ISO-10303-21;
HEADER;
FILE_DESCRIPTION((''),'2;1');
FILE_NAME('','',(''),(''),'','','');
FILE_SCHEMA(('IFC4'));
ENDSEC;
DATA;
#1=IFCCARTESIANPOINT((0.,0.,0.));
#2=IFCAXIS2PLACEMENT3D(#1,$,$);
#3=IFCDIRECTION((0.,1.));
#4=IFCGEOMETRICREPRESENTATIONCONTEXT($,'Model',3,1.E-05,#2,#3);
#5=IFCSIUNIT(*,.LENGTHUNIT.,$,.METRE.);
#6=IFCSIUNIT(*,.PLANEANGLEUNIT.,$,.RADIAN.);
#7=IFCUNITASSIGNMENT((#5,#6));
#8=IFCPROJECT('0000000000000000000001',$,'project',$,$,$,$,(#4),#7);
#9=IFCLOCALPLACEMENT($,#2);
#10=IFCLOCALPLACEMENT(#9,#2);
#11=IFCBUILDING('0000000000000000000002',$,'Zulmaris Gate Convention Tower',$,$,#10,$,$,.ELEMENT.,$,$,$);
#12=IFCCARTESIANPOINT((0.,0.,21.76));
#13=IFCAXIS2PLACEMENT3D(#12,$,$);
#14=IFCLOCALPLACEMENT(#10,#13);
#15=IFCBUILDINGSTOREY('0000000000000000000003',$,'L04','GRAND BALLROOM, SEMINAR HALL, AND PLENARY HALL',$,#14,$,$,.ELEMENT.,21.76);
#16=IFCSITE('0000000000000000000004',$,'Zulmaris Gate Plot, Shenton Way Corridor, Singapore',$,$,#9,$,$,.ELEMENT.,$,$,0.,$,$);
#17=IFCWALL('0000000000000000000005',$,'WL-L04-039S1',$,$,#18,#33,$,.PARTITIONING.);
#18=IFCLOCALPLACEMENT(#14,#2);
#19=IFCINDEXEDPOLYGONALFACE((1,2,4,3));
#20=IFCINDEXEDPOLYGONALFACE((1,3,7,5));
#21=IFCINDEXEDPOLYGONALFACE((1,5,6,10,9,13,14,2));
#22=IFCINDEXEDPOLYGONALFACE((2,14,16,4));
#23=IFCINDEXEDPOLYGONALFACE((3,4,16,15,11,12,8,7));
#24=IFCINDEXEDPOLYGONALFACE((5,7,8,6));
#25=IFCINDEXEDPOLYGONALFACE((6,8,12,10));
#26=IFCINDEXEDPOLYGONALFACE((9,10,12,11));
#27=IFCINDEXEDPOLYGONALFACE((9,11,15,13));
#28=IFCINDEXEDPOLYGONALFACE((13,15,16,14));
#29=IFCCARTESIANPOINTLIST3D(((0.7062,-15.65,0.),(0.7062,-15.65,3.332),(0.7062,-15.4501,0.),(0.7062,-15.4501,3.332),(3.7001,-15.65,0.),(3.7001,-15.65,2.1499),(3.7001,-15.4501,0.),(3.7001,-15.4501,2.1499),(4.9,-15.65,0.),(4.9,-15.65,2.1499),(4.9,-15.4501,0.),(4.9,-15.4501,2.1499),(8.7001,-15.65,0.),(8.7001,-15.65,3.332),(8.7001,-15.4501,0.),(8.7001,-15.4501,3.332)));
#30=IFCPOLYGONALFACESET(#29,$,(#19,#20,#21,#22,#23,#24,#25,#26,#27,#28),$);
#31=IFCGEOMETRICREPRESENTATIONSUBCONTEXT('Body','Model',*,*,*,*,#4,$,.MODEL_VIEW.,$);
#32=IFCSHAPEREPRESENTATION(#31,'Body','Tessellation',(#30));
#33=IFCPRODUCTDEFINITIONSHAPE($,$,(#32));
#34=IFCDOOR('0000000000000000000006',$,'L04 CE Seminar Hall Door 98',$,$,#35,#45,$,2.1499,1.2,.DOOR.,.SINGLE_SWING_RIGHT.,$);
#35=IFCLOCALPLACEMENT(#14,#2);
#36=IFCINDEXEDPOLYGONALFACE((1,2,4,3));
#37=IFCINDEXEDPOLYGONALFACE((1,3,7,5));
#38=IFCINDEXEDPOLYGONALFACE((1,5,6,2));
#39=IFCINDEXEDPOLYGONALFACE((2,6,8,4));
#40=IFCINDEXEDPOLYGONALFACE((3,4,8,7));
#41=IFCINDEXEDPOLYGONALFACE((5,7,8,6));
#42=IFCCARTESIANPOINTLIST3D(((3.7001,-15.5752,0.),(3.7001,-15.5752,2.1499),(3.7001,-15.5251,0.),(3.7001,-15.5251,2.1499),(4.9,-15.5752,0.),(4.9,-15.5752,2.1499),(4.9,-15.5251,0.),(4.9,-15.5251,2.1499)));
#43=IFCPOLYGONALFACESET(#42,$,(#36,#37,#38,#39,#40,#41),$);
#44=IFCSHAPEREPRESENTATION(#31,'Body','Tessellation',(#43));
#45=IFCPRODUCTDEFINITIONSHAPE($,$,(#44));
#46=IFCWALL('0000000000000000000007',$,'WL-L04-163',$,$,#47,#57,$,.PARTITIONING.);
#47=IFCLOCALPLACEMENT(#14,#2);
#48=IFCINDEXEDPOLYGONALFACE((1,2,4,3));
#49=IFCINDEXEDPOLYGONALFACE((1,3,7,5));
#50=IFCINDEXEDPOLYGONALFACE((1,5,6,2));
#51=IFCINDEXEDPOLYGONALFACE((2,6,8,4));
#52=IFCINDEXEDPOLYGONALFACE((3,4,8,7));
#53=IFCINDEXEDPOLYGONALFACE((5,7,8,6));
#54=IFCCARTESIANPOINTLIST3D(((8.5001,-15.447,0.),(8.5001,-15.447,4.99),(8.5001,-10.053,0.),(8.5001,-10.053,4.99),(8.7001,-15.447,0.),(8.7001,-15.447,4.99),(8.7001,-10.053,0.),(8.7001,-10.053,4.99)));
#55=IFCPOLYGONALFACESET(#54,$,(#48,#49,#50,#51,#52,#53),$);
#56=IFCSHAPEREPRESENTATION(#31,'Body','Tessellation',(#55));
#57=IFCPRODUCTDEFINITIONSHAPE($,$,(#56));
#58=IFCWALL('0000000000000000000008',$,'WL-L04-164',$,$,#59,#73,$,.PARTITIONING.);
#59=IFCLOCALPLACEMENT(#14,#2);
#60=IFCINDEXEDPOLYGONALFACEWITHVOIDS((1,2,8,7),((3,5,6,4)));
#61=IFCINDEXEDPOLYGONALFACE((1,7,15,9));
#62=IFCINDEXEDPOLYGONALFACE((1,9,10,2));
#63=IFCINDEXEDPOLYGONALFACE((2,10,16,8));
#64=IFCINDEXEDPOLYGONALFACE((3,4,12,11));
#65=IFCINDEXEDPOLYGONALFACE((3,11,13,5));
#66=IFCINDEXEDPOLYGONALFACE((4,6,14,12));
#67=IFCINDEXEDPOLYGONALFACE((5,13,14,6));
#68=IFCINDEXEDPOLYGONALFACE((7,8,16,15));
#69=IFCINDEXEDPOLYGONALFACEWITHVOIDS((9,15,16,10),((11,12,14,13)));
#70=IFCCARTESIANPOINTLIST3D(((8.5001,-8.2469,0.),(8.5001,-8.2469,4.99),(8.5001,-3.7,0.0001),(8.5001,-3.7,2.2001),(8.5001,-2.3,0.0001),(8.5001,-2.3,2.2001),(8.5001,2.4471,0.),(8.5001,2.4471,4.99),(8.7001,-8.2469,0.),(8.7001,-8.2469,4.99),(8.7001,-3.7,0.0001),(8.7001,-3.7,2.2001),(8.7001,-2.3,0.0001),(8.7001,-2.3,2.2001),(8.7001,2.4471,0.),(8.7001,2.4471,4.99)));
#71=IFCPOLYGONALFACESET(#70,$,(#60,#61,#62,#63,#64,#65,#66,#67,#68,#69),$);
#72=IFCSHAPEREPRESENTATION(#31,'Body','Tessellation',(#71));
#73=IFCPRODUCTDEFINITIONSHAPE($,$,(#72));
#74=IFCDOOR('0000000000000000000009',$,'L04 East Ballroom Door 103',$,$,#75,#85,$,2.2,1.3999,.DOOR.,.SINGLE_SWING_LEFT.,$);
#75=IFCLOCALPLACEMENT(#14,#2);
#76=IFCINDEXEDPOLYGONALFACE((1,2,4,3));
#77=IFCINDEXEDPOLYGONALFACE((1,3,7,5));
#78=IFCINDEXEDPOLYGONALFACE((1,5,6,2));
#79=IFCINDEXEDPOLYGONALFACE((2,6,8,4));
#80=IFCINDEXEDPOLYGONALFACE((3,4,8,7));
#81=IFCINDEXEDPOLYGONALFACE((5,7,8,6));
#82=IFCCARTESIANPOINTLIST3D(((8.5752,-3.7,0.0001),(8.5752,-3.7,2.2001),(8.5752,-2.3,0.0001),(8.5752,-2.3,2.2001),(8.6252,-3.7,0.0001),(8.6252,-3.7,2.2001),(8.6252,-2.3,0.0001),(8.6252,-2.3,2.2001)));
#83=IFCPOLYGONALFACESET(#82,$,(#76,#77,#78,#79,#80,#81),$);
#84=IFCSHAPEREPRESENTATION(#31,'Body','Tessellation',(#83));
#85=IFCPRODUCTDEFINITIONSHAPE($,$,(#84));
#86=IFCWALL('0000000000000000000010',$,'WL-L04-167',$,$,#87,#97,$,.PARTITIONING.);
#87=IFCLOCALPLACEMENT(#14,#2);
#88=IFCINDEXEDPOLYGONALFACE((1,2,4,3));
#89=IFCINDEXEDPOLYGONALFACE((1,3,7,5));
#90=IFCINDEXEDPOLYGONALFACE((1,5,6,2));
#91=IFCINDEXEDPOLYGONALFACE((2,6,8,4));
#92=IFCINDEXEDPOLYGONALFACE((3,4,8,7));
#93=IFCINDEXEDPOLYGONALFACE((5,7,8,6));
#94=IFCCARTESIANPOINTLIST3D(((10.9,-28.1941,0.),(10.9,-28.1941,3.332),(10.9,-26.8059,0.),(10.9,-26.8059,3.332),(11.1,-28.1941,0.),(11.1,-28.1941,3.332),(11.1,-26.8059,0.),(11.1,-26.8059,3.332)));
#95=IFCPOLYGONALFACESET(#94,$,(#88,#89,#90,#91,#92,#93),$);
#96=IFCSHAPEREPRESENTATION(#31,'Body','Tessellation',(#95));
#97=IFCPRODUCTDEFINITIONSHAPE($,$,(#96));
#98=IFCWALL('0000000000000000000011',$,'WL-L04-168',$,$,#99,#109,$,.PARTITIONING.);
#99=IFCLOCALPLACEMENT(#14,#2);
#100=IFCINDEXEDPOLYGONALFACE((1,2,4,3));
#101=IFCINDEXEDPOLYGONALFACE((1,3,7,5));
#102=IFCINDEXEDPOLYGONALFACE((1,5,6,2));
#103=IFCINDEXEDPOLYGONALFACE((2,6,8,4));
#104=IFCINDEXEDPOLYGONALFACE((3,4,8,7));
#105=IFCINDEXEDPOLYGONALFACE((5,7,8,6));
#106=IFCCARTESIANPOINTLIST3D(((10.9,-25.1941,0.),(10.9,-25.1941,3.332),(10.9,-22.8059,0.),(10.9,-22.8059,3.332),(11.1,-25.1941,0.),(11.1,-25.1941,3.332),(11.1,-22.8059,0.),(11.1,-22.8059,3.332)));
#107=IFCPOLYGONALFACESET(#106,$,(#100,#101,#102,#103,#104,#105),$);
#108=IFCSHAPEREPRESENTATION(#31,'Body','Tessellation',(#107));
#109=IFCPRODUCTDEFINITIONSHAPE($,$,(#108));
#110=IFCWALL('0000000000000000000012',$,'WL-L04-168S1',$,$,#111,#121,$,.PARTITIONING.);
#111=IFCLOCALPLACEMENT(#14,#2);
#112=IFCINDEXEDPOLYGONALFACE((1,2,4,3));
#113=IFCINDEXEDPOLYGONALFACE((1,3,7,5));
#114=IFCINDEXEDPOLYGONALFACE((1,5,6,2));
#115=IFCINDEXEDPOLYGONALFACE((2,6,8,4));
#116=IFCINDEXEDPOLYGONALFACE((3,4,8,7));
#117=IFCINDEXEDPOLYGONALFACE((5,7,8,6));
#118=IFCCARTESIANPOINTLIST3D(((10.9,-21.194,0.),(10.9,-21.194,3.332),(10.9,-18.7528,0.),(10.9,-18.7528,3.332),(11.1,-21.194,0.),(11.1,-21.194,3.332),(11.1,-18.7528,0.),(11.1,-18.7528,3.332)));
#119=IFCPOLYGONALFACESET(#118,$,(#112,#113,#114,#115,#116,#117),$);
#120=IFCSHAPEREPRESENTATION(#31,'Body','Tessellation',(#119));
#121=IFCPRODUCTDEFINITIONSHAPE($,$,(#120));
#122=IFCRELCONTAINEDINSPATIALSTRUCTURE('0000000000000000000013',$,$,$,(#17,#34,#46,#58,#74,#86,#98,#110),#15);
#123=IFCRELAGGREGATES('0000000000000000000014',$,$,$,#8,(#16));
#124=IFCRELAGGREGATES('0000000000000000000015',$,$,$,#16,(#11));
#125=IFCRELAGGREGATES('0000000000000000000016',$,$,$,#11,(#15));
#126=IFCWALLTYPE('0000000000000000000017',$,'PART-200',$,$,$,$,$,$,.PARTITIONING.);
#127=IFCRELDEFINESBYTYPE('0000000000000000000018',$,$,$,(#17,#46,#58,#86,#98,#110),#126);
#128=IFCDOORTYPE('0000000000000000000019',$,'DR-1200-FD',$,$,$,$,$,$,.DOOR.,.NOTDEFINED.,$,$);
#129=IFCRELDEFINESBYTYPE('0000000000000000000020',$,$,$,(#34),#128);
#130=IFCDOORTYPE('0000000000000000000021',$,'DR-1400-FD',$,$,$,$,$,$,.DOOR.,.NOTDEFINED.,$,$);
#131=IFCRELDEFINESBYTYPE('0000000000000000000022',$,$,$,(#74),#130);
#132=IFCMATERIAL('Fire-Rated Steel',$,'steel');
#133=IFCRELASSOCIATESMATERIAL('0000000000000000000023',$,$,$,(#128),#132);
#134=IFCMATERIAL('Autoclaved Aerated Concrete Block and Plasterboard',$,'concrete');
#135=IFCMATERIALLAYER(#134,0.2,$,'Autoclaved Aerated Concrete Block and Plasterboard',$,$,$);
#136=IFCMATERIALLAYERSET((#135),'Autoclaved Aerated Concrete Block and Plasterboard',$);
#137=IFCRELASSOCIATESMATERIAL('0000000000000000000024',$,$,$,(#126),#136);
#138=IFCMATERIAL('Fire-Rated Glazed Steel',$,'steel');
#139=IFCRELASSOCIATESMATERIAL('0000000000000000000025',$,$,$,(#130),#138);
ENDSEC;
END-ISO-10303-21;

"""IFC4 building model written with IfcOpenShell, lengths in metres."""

from ifc_helpers import new_model, si_unit, direction, frame, frame_2d, origin, place, context, subcontext, project, spatial, rectangle, extrude, material, layer, layer_set, type_object, element, fill, save


model = new_model("IFC4")

# Units and contexts
model_context = context("Model", 3, precision=1e-05, world=origin(), true_north=direction((0.0, 1.0)))
body_context = subcontext(model_context, "Body", "Model", "MODEL_VIEW")
ifc_project = project(units=[si_unit("LENGTHUNIT", "METRE"), si_unit("PLANEANGLEUNIT", "RADIAN")], contexts=[model_context])

# Site, building, storey
site_placement = place(None, origin())
site = spatial("IfcSite", under=ifc_project, at=site_placement, Name="Zulmaris Gate Plot, Shenton Way Corridor, Singapore", CompositionType="ELEMENT", RefElevation=0.0)
building_placement = place(site_placement, origin())
building = spatial("IfcBuilding", under=site, at=building_placement, Name="Zulmaris Gate Convention Tower", CompositionType="ELEMENT")
storey_placement = place(building_placement, frame((0.0, 0.0, 21.76)))
storey = spatial("IfcBuildingStorey", under=building, at=storey_placement, Name="L04", Description="GRAND BALLROOM, SEMINAR HALL, AND PLENARY HALL", CompositionType="ELEMENT", Elevation=21.76)

# Shared definitions
ifc_material_1 = material(Name="Fire-Rated Steel", Category="steel")
door_type_1 = type_object("IfcDoorType", Name="DR-1200-FD", OperationType="NOTDEFINED", PredefinedType="DOOR", material=ifc_material_1)

# Shared definitions
ifc_material_2 = material(Name="Autoclaved Aerated Concrete Block and Plasterboard", Category="concrete")
ifc_layer_1 = layer(ifc_material_2, 0.2, Name="Autoclaved Aerated Concrete Block and Plasterboard")
ifc_layer_set_1 = layer_set([ifc_layer_1], Name="Autoclaved Aerated Concrete Block and Plasterboard")
wall_type_1 = type_object("IfcWallType", Name="PART-200", PredefinedType="PARTITIONING", material=ifc_layer_set_1)

# Wall, opening, door
wall_1_placement = place(storey_placement, frame((0.7061, -15.55, 0.0), z_axis=(0.0, 0.0, 1.0), x_axis=(1.0, 0.0, 0.0)))
wall_1 = element("IfcWall", 1, at=wall_1_placement, inside=storey, type_object=wall_type_1, Name="WL-L04-039S1", PredefinedType="PARTITIONING", context=body_context, shape_type="SweptSolid", body=[
    extrude(rectangle(XDim=7.9939, YDim=0.2, at=frame_2d((3.9971, 0.0))), origin(), (0.0, 0.0, 1.0), 3.332),
])
opening_1_placement = place(wall_1_placement, frame((2.9939, 0.0, 0.0)))
opening_1 = element("IfcOpeningElement", 2, at=opening_1_placement, cuts=wall_1, PredefinedType="OPENING", context=body_context, shape_type="SweptSolid", body=[
    extrude(rectangle(XDim=1.2, YDim=2.1499, at=frame_2d((0.6001, 1.075))), frame((0.0, 0.1099, 0.0), z_axis=(0.0, -1.0, 0.0), x_axis=(1.0, 0.0, 0.0)), (0.0, 0.0, 1.0), 0.22),
])
door_1_placement = place(opening_1_placement, origin())
door_1 = element("IfcDoor", 3, at=door_1_placement, inside=storey, type_object=door_type_1, Name="L04 CE Seminar Hall Door 98", OperationType="SINGLE_SWING_RIGHT", OverallHeight=2.1499, OverallWidth=1.2, PredefinedType="DOOR", context=body_context, shape_type="SweptSolid", body=[
    extrude(rectangle(XDim=1.2, YDim=2.1499, at=frame_2d((0.6001, 1.075))), frame((0.0, 0.0249, 0.0), z_axis=(0.0, -1.0, 0.0), x_axis=(1.0, 0.0, 0.0)), (0.0, 0.0, 1.0), 0.05),
])
fill(opening_1, door_1)

# Wall
wall_2_placement = place(storey_placement, frame((8.6001, -15.447, 0.0), z_axis=(0.0, 0.0, 1.0), x_axis=(0.0, 1.0, 0.0)))
element("IfcWall", 4, at=wall_2_placement, inside=storey, type_object=wall_type_1, Name="WL-L04-163", PredefinedType="PARTITIONING", context=body_context, shape_type="SweptSolid", body=[
    extrude(rectangle(XDim=5.394, YDim=0.2, at=frame_2d((2.697, 0.0))), origin(), (0.0, 0.0, 1.0), 4.99),
])

# Wall, opening, door
wall_3_placement = place(storey_placement, frame((8.6001, -8.2471, 0.0), z_axis=(0.0, 0.0, 1.0), x_axis=(0.0, 1.0, 0.0)))
wall_3 = element("IfcWall", 5, at=wall_3_placement, inside=storey, type_object=wall_type_1, Name="WL-L04-164", PredefinedType="PARTITIONING", context=body_context, shape_type="SweptSolid", body=[
    extrude(rectangle(XDim=10.6941, YDim=0.2, at=frame_2d((5.3472, 0.0))), origin(), (0.0, 0.0, 1.0), 4.99),
])
opening_2_placement = place(wall_3_placement, frame((4.5471, 0.0, 0.0)))
opening_2 = element("IfcOpeningElement", 6, at=opening_2_placement, cuts=wall_3, PredefinedType="OPENING", context=body_context, shape_type="SweptSolid", body=[
    extrude(rectangle(XDim=1.3999, YDim=2.2, at=frame_2d((0.7, 1.1001))), frame((0.0, 0.1099, 0.0), z_axis=(0.0, -1.0, 0.0), x_axis=(1.0, 0.0, 0.0)), (0.0, 0.0, 1.0), 0.22),
])
ifc_material_3 = material(Name="Fire-Rated Glazed Steel", Category="steel")
door_type_2 = type_object("IfcDoorType", Name="DR-1400-FD", OperationType="NOTDEFINED", PredefinedType="DOOR", material=ifc_material_3)
door_2_placement = place(opening_2_placement, origin())
door_2 = element("IfcDoor", 7, at=door_2_placement, inside=storey, type_object=door_type_2, Name="L04 East Ballroom Door 103", OperationType="SINGLE_SWING_LEFT", OverallHeight=2.2, OverallWidth=1.3999, PredefinedType="DOOR", context=body_context, shape_type="SweptSolid", body=[
    extrude(rectangle(XDim=1.3999, YDim=2.2, at=frame_2d((0.7, 1.1001))), frame((0.0, 0.0249, 0.0), z_axis=(0.0, -1.0, 0.0), x_axis=(1.0, 0.0, 0.0)), (0.0, 0.0, 1.0), 0.05),
])
fill(opening_2, door_2)

# Walls
wall_4_placement = place(storey_placement, frame((11.0, -28.1941, 0.0), z_axis=(0.0, 0.0, 1.0), x_axis=(0.0, 1.0, 0.0)))
element("IfcWall", 8, at=wall_4_placement, inside=storey, type_object=wall_type_1, Name="WL-L04-167", PredefinedType="PARTITIONING", context=body_context, shape_type="SweptSolid", body=[
    extrude(rectangle(XDim=1.3882, YDim=0.2, at=frame_2d((0.6941, 0.0))), origin(), (0.0, 0.0, 1.0), 3.332),
])
wall_5_placement = place(storey_placement, frame((11.0, -25.1941, 0.0), z_axis=(0.0, 0.0, 1.0), x_axis=(0.0, 1.0, 0.0)))
element("IfcWall", 9, at=wall_5_placement, inside=storey, type_object=wall_type_1, Name="WL-L04-168", PredefinedType="PARTITIONING", context=body_context, shape_type="SweptSolid", body=[
    extrude(rectangle(XDim=2.3882, YDim=0.2, at=frame_2d((1.1941, 0.0))), origin(), (0.0, 0.0, 1.0), 3.332),
])
wall_6_placement = place(storey_placement, frame((11.0, -21.1941, 0.0), z_axis=(0.0, 0.0, 1.0), x_axis=(0.0, 1.0, 0.0)))
element("IfcWall", 10, at=wall_6_placement, inside=storey, type_object=wall_type_1, Name="WL-L04-168S1", PredefinedType="PARTITIONING", context=body_context, shape_type="SweptSolid", body=[
    extrude(rectangle(XDim=2.4412, YDim=0.2, at=frame_2d((1.2207, 0.0))), origin(), (0.0, 0.0, 1.0), 3.332),
])

save(model, "model.ifc")
